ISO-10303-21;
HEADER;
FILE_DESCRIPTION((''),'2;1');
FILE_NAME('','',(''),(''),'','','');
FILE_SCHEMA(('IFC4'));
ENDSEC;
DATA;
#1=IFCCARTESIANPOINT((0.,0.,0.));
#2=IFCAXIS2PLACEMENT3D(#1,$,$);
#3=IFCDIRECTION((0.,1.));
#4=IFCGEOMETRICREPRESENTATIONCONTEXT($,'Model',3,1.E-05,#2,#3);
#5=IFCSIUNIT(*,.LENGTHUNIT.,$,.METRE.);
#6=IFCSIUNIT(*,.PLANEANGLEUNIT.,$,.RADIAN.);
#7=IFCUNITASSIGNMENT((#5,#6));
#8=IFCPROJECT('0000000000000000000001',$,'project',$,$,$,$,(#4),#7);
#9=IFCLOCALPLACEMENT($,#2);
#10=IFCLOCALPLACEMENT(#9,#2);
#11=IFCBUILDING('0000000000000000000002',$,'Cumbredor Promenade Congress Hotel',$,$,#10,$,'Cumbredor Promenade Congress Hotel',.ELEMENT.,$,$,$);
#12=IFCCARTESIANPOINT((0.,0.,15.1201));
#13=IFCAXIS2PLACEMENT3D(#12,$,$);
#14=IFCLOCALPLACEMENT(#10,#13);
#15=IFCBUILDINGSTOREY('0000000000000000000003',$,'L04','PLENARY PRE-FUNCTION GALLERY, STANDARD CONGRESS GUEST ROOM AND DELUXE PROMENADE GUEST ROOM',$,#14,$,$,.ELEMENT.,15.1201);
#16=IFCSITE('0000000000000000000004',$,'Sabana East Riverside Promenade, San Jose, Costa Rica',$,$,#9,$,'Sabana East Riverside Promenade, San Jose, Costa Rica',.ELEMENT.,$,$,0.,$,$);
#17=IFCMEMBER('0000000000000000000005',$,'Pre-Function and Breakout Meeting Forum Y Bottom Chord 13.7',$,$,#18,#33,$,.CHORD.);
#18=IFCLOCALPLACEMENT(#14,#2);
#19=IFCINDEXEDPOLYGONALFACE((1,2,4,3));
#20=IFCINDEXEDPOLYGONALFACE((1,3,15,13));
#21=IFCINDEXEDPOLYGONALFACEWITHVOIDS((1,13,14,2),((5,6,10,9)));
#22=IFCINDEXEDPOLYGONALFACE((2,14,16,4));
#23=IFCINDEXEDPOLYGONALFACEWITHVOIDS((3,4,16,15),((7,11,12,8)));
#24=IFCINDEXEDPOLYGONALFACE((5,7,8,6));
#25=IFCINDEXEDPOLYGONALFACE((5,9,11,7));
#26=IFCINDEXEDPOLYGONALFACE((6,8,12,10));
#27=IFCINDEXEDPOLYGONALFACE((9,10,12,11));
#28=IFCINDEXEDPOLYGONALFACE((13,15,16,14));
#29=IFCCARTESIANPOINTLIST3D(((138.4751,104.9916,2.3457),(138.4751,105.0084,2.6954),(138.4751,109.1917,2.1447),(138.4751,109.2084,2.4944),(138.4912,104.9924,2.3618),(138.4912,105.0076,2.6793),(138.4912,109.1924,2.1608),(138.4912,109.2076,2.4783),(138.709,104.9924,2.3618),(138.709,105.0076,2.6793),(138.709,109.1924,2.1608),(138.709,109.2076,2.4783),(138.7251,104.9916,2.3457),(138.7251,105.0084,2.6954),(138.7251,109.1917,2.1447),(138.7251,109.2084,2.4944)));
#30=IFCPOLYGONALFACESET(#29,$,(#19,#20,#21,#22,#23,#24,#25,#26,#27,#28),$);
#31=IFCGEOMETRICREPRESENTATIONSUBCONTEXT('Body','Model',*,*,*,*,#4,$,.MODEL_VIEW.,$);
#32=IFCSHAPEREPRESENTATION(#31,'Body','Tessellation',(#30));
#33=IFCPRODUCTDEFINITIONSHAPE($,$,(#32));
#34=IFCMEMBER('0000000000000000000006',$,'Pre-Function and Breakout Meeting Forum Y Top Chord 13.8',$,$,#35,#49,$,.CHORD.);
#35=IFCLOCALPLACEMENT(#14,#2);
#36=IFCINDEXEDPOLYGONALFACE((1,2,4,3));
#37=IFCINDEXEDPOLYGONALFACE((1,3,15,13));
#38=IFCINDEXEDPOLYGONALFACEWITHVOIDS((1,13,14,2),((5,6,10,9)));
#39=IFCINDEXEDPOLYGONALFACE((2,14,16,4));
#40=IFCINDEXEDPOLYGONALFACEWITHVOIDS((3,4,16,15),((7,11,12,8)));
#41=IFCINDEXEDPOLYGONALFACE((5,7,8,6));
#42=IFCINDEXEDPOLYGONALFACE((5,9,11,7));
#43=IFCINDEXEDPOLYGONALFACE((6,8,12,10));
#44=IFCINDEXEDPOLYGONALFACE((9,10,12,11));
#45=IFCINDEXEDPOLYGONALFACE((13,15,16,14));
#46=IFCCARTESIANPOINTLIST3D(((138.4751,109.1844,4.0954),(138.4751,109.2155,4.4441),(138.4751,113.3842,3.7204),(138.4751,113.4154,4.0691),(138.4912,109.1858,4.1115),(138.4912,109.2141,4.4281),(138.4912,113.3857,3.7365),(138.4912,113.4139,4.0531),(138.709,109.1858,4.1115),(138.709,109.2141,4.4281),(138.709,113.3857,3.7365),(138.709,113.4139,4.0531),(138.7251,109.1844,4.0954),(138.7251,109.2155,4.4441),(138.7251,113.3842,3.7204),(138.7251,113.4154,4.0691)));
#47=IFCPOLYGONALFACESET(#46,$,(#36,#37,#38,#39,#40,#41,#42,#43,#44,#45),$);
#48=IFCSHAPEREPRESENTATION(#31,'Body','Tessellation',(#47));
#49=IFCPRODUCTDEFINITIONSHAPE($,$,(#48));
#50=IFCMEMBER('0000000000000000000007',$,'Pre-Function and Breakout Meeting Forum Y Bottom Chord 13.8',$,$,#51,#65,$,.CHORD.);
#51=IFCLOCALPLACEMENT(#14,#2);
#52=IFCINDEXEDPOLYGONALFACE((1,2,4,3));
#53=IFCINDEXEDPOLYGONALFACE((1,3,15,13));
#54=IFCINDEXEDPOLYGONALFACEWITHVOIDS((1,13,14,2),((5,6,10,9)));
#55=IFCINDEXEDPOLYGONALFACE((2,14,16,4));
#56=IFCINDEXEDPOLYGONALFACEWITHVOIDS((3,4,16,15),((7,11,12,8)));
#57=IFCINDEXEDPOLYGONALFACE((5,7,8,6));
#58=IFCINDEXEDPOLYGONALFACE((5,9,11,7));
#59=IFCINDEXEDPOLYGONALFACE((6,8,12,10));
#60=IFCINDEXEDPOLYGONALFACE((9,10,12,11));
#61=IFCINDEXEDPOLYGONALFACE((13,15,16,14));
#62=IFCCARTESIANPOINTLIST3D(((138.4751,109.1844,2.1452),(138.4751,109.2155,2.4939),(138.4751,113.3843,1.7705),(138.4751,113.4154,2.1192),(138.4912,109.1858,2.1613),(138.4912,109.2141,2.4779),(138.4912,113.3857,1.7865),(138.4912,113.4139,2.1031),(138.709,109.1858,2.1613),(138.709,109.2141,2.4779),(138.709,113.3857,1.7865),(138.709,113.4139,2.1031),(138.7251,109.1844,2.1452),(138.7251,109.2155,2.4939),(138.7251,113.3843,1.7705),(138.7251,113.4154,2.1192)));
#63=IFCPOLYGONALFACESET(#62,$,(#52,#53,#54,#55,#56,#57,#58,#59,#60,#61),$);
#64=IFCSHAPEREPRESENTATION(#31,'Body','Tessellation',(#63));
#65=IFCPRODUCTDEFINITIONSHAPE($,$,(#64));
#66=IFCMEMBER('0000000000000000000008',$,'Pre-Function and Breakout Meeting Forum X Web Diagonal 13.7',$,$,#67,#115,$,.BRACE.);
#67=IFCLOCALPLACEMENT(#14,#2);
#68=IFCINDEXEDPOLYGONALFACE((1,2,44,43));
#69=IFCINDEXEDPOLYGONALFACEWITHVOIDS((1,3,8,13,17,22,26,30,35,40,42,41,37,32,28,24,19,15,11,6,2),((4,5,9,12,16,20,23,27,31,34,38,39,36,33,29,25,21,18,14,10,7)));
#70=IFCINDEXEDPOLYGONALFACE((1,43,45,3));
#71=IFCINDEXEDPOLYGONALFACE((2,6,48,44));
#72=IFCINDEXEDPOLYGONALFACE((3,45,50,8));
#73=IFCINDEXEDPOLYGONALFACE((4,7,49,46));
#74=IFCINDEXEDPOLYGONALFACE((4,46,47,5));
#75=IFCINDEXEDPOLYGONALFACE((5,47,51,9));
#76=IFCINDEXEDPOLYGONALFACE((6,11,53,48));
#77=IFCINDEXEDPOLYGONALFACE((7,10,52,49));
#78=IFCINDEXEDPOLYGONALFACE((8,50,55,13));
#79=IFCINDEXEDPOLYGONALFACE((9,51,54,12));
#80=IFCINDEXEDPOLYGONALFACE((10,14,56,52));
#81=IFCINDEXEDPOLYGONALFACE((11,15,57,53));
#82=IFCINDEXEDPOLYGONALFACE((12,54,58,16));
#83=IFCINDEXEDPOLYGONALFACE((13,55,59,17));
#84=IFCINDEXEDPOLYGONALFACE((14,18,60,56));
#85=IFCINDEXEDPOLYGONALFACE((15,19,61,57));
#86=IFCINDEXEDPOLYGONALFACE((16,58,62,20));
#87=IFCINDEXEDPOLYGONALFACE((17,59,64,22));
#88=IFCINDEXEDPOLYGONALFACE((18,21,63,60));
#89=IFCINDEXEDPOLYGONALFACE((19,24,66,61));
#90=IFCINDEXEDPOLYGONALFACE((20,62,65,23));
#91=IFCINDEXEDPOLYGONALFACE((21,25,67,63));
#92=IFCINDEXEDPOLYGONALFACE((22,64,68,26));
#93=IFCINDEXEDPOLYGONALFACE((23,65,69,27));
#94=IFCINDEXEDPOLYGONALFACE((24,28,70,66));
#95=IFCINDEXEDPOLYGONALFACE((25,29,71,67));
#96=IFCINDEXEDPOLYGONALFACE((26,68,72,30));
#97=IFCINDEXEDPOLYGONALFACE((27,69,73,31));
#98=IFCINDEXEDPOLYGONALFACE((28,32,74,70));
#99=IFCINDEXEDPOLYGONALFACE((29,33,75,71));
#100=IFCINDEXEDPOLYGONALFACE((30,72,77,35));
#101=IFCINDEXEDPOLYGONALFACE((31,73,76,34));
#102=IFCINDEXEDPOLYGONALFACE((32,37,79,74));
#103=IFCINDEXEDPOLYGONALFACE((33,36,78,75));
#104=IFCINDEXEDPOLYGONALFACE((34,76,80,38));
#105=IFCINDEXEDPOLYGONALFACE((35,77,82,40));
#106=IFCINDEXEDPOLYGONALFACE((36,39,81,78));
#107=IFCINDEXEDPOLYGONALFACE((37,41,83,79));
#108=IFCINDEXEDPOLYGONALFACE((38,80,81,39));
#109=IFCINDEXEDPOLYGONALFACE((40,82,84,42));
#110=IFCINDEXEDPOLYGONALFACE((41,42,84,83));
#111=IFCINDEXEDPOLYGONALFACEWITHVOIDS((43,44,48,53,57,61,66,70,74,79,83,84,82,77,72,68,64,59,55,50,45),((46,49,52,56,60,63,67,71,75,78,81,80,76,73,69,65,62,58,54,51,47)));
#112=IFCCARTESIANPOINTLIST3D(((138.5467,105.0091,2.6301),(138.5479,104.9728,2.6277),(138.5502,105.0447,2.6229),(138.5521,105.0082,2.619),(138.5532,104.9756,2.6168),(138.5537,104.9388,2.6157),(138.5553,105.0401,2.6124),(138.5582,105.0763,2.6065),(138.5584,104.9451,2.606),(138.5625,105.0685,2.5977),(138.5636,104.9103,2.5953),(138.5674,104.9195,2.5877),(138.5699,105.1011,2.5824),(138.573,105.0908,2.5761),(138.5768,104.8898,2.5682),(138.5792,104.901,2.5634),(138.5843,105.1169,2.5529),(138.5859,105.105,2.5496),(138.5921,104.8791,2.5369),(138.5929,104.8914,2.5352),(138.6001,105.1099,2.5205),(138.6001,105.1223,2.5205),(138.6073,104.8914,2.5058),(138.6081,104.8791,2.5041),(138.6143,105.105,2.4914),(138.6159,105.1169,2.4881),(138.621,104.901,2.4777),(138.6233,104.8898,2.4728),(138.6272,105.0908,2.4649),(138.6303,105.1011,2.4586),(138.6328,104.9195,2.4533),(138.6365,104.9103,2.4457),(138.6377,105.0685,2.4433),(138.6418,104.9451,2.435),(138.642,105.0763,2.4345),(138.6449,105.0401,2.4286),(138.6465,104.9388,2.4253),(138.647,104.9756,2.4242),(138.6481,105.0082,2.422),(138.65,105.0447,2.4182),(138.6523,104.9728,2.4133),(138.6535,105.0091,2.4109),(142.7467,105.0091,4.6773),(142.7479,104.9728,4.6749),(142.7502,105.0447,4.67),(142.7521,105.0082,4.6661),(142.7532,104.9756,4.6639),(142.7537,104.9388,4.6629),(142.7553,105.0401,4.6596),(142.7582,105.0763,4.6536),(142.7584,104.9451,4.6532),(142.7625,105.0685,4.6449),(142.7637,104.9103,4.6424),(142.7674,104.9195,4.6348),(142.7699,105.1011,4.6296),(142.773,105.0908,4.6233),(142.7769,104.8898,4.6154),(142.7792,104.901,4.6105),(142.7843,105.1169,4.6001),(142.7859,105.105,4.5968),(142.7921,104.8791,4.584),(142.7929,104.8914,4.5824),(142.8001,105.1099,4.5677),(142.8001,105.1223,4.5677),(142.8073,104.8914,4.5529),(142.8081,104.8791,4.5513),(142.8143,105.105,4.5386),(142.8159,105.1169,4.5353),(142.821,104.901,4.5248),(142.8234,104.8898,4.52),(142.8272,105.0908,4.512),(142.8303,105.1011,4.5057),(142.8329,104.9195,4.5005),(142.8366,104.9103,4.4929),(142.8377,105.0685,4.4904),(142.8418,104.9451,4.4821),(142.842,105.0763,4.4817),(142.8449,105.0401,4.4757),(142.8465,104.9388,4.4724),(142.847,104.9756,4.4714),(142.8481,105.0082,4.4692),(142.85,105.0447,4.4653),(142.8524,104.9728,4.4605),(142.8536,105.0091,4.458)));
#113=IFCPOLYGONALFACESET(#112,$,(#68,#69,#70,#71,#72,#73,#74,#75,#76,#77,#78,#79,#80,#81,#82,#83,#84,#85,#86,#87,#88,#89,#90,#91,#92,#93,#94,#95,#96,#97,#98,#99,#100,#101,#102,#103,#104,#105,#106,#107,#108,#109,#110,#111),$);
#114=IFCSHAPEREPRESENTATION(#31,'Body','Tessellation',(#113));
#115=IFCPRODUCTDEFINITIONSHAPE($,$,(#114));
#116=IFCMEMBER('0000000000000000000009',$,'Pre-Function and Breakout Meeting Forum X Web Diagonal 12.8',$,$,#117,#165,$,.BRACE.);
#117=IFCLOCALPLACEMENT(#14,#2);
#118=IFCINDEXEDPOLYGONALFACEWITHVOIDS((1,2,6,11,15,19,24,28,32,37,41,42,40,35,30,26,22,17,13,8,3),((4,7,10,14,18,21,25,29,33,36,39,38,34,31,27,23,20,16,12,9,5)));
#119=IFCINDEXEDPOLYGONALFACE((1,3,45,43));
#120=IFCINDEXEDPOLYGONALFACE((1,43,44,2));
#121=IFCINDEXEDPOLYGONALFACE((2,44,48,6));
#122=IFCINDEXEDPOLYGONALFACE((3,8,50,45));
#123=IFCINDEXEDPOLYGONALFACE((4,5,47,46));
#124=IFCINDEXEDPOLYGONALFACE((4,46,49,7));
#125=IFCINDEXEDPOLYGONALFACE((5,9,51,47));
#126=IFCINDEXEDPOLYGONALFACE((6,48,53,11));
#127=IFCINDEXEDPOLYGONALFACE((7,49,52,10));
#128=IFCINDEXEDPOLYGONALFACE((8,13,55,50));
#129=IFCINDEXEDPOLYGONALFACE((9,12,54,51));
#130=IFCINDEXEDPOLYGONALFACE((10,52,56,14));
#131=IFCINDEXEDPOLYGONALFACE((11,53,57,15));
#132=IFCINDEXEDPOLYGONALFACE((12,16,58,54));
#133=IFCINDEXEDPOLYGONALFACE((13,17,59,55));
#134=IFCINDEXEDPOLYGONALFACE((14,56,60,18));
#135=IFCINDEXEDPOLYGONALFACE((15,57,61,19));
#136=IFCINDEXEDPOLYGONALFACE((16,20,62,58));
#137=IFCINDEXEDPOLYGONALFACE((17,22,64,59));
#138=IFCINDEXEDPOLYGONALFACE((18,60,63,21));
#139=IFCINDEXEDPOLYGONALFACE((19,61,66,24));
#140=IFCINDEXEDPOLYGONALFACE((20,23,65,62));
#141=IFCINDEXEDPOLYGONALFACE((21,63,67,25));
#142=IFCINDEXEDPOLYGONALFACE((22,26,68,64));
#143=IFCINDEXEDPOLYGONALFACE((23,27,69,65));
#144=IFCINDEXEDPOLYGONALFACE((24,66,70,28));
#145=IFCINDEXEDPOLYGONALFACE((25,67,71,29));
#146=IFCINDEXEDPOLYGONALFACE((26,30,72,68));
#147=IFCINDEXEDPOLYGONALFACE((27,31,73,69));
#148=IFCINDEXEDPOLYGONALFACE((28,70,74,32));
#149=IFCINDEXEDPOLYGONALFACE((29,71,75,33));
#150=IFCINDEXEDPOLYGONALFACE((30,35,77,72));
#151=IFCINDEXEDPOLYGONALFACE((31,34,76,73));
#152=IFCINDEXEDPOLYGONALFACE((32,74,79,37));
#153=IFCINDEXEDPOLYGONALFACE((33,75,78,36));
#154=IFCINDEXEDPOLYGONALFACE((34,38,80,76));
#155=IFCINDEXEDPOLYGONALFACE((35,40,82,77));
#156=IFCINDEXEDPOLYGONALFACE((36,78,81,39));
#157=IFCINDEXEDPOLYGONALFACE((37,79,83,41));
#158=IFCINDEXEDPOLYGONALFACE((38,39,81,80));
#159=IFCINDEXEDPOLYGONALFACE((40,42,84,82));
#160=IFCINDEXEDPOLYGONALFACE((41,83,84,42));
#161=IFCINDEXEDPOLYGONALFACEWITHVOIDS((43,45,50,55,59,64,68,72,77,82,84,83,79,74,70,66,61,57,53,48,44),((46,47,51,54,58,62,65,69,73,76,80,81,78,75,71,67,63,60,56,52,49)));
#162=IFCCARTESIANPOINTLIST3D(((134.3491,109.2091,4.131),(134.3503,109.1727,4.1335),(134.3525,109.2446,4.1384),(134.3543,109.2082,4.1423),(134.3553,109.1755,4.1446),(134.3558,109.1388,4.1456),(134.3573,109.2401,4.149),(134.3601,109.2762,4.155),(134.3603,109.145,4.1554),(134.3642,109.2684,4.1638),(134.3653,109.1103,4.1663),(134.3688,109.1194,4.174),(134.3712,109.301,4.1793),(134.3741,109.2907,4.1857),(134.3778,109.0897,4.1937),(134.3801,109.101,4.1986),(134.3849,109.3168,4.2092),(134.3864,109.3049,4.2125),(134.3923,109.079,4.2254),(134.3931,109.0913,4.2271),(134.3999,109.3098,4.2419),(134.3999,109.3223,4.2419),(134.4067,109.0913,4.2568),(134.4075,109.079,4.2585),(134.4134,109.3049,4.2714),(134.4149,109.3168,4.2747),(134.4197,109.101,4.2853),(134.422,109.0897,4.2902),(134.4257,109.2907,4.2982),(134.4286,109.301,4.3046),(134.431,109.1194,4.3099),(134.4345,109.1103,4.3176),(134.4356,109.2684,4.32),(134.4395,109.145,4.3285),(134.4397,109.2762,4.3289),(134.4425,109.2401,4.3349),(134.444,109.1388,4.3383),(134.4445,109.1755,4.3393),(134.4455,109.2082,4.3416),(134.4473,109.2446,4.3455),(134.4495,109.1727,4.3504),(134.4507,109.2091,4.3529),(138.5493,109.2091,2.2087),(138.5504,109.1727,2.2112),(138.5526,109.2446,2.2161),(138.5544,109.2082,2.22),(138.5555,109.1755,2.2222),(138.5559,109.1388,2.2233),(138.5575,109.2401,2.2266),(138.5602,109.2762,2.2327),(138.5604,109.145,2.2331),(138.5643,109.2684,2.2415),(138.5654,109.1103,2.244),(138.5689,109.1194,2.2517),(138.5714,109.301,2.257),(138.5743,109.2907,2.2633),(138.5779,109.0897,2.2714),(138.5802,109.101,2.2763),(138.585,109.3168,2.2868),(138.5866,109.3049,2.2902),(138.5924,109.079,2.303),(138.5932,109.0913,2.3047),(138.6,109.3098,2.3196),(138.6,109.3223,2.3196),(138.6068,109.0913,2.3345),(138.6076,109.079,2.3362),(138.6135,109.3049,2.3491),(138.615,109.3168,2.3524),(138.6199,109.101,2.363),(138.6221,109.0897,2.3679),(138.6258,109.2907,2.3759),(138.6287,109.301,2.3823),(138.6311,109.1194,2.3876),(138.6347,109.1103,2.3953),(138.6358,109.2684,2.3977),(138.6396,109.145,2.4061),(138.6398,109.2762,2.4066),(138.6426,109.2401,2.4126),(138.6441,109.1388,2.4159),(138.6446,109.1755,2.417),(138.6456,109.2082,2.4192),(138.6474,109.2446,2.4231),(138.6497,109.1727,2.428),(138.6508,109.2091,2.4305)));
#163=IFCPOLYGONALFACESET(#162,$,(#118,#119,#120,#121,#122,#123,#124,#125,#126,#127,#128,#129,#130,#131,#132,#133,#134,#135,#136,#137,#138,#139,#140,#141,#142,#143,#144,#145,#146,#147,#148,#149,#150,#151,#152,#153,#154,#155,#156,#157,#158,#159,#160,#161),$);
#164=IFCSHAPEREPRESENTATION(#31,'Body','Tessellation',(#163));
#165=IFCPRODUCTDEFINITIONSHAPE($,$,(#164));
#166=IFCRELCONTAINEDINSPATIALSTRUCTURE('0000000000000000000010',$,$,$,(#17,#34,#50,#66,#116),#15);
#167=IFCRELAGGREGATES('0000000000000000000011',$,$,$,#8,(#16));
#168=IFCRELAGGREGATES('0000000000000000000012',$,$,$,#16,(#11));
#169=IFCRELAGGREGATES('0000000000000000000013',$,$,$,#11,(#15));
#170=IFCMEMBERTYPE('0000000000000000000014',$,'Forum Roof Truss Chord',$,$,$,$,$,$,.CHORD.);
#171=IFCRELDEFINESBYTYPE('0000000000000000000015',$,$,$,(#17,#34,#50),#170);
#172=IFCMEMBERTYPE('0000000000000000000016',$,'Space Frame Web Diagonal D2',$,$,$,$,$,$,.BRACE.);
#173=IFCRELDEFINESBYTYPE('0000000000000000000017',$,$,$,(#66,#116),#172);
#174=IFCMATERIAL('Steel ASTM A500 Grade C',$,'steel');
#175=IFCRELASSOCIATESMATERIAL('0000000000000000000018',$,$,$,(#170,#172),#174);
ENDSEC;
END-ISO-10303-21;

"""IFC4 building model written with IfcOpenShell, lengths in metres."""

from ifc_helpers import new_model, si_unit, direction, frame, origin, origin_2d, place, context, subcontext, project, spatial, hollow_rectangle, hollow_circle, extrude, material, material_profile, profile_set, type_object, element, save


model = new_model("IFC4")

# Units and contexts
model_context = context("Model", 3, precision=1e-05, world=origin(), true_north=direction((0.0, 1.0)))
body_context = subcontext(model_context, "Body", "Model", "MODEL_VIEW")
ifc_project = project(units=[si_unit("LENGTHUNIT", "METRE"), si_unit("PLANEANGLEUNIT", "RADIAN")], contexts=[model_context])

# Site, building, storey
site_placement = place(None, origin())
site = spatial("IfcSite", under=ifc_project, at=site_placement, Name="Sabana East Riverside Promenade, San Jose, Costa Rica", LongName="Sabana East Riverside Promenade, San Jose, Costa Rica", CompositionType="ELEMENT", RefElevation=0.0)
building_placement = place(site_placement, origin())
building = spatial("IfcBuilding", under=site, at=building_placement, Name="Cumbredor Promenade Congress Hotel", LongName="Cumbredor Promenade Congress Hotel", CompositionType="ELEMENT")
storey_placement = place(building_placement, frame((0.0, 0.0, 15.1201)))
storey = spatial("IfcBuildingStorey", under=building, at=storey_placement, Name="L04", Description="PLENARY PRE-FUNCTION GALLERY, STANDARD CONGRESS GUEST ROOM AND DELUXE PROMENADE GUEST ROOM", CompositionType="ELEMENT", Elevation=15.1201)

# Members
ifc_material_1 = material(Name="Steel ASTM A500 Grade C", Category="steel")
ifc_material_profile_1 = material_profile(ifc_material_1, hollow_rectangle(XDim=0.25, YDim=0.3501, WallThickness=0.0161, at=origin_2d()), Name="HSS 350x250x16")
ifc_profile_set_1 = profile_set([ifc_material_profile_1], Name="Steel ASTM A500 Grade C")
member_type_1 = type_object("IfcMemberType", Name="Forum Roof Truss Chord", PredefinedType="CHORD", material=ifc_profile_set_1)
for number, where, z_axis, x_axis, name in (
    (1, (138.6001, 105.0, 2.5205), (0.0, 0.998858, -0.047786), (-1.0, 0.0, 0.0), "Pre-Function and Breakout Meeting Forum Y Bottom Chord 13.7"),
):
    element("IfcMember", number, at=place(storey_placement, frame(where, z_axis=z_axis, x_axis=x_axis)), inside=storey, type_object=member_type_1, Name=name, PredefinedType="CHORD", context=body_context, shape_type="SweptSolid", body=[
        extrude(hollow_rectangle(XDim=0.25, YDim=0.3501, WallThickness=0.0161, at=origin_2d()), origin(), (0.0, 0.0, 1.0), 4.2048),
    ])
for number, where, z_axis, x_axis, name in (
    (2, (138.6001, 109.2, 4.2698), (0.0, 0.996038, -0.088933), (-1.0, 0.0, 0.0), "Pre-Function and Breakout Meeting Forum Y Top Chord 13.8"),
    (3, (138.6001, 109.2, 2.3196), (0.0, 0.996043, -0.088876), (-1.0, 0.0, 0.0), "Pre-Function and Breakout Meeting Forum Y Bottom Chord 13.8"),
):
    element("IfcMember", number, at=place(storey_placement, frame(where, z_axis=z_axis, x_axis=x_axis)), inside=storey, type_object=member_type_1, Name=name, PredefinedType="CHORD", context=body_context, shape_type="SweptSolid", body=[
        extrude(hollow_rectangle(XDim=0.25, YDim=0.3501, WallThickness=0.0161, at=origin_2d()), origin(), (0.0, 0.0, 1.0), 4.2166),
    ])
ifc_material_profile_2 = material_profile(ifc_material_1, hollow_circle(Radius=0.1223, WallThickness=0.0125, at=origin_2d()), Name="CHS 244.5x12.5")
ifc_profile_set_2 = profile_set([ifc_material_profile_2], Name="Steel ASTM A500 Grade C")
member_type_2 = type_object("IfcMemberType", Name="Space Frame Web Diagonal D2", PredefinedType="BRACE", material=ifc_profile_set_2)
member_1_placement = place(storey_placement, frame((138.6001, 105.0, 2.5205), z_axis=(0.898907, 0.0, 0.438141), x_axis=(0.0, 1.0, 0.0)))
element("IfcMember", 4, at=member_1_placement, inside=storey, type_object=member_type_2, Name="Pre-Function and Breakout Meeting Forum X Web Diagonal 13.7", PredefinedType="BRACE", context=body_context, shape_type="SweptSolid", body=[
    extrude(hollow_circle(Radius=0.1223, WallThickness=0.0125, at=origin_2d()), origin(), (0.0, 0.0, 1.0), 4.6724),
])
member_2_placement = place(storey_placement, frame((134.3999, 109.2, 4.2419), z_axis=(0.909288, 0.0, -0.416167), x_axis=(0.0, 1.0, 0.0)))
element("IfcMember", 5, at=member_2_placement, inside=storey, type_object=member_type_2, Name="Pre-Function and Breakout Meeting Forum X Web Diagonal 12.8", PredefinedType="BRACE", context=body_context, shape_type="SweptSolid", body=[
    extrude(hollow_circle(Radius=0.1223, WallThickness=0.0125, at=origin_2d()), origin(), (0.0, 0.0, 1.0), 4.6191),
])

save(model, "model.ifc")
